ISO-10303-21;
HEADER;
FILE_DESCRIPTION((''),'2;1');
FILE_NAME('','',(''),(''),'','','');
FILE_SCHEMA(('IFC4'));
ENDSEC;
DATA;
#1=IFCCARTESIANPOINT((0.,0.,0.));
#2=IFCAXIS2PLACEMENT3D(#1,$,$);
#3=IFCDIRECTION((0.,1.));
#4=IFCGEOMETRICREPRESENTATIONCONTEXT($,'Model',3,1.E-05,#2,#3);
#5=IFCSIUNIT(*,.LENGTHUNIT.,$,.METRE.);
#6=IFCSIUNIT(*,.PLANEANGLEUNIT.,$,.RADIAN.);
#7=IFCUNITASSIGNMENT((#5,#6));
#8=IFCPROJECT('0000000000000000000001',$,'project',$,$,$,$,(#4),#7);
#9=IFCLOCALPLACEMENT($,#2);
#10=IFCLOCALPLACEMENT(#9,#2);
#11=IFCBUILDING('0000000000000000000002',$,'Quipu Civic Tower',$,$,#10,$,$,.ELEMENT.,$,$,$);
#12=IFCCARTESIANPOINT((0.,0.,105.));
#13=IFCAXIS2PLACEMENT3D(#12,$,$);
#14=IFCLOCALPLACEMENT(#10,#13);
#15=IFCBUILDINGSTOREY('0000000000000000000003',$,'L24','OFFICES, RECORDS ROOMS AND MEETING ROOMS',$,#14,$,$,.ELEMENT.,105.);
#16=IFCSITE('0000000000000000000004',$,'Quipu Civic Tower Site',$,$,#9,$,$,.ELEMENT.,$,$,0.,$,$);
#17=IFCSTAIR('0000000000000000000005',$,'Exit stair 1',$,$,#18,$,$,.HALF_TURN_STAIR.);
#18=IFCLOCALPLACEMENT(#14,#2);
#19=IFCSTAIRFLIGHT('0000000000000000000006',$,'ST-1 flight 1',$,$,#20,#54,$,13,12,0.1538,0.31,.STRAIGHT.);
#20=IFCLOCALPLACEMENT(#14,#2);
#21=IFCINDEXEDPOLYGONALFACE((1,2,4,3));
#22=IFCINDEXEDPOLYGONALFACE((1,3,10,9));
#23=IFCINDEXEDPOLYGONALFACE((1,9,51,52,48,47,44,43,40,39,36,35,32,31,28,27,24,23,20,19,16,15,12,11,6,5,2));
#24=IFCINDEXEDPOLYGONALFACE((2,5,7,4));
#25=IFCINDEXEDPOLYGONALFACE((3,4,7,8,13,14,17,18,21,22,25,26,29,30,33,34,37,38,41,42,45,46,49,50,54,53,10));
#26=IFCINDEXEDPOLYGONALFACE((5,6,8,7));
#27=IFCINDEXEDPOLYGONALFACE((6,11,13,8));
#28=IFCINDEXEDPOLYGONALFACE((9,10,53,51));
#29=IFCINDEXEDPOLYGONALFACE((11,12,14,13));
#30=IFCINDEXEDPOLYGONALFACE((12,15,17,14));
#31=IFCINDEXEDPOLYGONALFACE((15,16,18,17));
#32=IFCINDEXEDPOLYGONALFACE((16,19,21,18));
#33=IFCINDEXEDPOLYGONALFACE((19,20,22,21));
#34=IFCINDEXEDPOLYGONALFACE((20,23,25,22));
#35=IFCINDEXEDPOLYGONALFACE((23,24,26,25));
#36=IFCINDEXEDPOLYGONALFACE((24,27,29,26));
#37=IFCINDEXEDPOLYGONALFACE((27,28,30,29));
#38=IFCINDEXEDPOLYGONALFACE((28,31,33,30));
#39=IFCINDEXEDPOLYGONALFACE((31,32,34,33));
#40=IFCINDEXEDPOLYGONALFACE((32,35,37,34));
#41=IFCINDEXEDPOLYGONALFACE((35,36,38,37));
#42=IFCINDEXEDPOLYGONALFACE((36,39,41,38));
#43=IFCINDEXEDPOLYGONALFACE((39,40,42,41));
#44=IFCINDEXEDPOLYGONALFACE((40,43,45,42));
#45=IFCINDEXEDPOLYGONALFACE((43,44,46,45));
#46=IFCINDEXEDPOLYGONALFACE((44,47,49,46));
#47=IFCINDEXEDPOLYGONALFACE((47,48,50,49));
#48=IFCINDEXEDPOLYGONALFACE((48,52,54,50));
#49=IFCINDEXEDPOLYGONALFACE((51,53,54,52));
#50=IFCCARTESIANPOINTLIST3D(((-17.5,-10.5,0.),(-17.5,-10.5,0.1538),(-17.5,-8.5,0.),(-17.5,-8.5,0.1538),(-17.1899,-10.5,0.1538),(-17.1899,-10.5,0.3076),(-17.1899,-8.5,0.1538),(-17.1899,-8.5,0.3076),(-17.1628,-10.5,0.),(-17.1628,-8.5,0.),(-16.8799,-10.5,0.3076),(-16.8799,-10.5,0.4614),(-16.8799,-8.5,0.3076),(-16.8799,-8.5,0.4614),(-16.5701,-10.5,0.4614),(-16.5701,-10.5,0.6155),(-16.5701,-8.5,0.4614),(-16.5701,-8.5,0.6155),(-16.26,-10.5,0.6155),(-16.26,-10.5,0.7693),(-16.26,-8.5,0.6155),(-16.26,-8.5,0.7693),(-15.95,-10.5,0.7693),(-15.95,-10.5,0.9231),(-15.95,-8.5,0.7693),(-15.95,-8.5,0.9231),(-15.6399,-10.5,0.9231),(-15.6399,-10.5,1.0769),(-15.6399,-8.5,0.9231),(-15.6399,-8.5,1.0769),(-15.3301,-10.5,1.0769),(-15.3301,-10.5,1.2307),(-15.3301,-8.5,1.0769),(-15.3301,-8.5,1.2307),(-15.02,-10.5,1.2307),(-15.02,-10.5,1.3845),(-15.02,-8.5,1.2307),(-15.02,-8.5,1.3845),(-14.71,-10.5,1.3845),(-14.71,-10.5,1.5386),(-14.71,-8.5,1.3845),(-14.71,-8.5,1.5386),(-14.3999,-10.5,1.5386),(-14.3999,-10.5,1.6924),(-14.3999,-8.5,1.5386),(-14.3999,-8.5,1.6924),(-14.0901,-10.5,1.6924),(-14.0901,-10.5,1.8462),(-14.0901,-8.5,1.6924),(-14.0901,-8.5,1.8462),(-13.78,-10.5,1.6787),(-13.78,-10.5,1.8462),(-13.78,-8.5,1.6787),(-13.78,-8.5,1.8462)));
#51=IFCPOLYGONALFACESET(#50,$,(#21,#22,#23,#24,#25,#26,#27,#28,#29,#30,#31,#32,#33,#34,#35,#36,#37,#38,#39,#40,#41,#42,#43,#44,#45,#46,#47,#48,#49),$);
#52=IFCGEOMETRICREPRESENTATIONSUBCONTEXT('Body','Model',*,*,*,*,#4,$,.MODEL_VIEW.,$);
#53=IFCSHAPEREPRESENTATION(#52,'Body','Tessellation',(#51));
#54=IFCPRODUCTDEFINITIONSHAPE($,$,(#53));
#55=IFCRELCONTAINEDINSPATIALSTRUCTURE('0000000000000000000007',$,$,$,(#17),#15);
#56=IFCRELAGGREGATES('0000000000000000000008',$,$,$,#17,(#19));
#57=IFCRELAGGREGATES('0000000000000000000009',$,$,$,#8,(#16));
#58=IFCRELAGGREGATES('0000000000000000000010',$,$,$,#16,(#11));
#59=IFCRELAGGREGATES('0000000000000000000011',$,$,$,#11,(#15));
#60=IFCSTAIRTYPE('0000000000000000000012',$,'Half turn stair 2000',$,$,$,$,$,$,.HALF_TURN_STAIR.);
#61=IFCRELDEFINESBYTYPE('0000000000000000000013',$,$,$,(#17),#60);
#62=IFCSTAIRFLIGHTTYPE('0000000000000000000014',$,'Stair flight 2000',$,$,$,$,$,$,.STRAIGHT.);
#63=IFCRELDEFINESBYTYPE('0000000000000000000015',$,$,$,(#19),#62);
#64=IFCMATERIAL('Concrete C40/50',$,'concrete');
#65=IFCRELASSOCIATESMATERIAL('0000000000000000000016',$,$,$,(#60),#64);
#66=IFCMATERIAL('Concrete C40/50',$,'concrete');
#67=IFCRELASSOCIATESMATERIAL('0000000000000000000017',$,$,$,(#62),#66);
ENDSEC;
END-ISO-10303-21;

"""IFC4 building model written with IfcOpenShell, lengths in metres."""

from ifc_helpers import new_model, si_unit, direction, frame, origin, place, context, subcontext, project, spatial, polyline, outline, extrude, material, type_object, element, aggregate, save


model = new_model("IFC4")

# Units and contexts
model_context = context("Model", 3, precision=1e-05, world=origin(), true_north=direction((0.0, 1.0)))
body_context = subcontext(model_context, "Body", "Model", "MODEL_VIEW")
ifc_project = project(units=[si_unit("LENGTHUNIT", "METRE"), si_unit("PLANEANGLEUNIT", "RADIAN")], contexts=[model_context])

# Site, building, storey
site_placement = place(None, origin())
site = spatial("IfcSite", under=ifc_project, at=site_placement, Name="Quipu Civic Tower Site", CompositionType="ELEMENT", RefElevation=0.0)
building_placement = place(site_placement, origin())
building = spatial("IfcBuilding", under=site, at=building_placement, Name="Quipu Civic Tower", CompositionType="ELEMENT")
storey_placement = place(building_placement, frame((0.0, 0.0, 105.0)))
storey = spatial("IfcBuildingStorey", under=building, at=storey_placement, Name="L24", Description="OFFICES, RECORDS ROOMS AND MEETING ROOMS", CompositionType="ELEMENT", Elevation=105.0)

# Stair, stair flight
ifc_material_1 = material(Name="Concrete C40/50", Category="concrete")
stair_type = type_object("IfcStairType", Name="Half turn stair 2000", PredefinedType="HALF_TURN_STAIR", material=ifc_material_1)
stair_placement = place(storey_placement, origin())
stair = element("IfcStair", 1, at=stair_placement, inside=storey, type_object=stair_type, Name="Exit stair 1", PredefinedType="HALF_TURN_STAIR")
ifc_material_2 = material(Name="Concrete C40/50", Category="concrete")
stair_flight_type = type_object("IfcStairFlightType", Name="Stair flight 2000", PredefinedType="STRAIGHT", material=ifc_material_2)
stair_flight_placement = place(storey_placement, frame((-17.5, -9.5, 0.0), z_axis=(0.0, 0.0, 1.0), x_axis=(1.0, 0.0, 0.0)))
stair_flight = element("IfcStairFlight", 2, at=stair_flight_placement, type_object=stair_flight_type, Name="ST-1 flight 1", NumberOfRisers=13, NumberOfTreads=12, PredefinedType="STRAIGHT", RiserHeight=0.1538, TreadLength=0.31, context=body_context, shape_type="SweptSolid", body=[
    extrude(outline(polyline([(0.0, 0.0), (0.0, 0.1538), (0.3101, 0.1538), (0.3101, 0.3076), (0.6201, 0.3076), (0.6201, 0.4614), (0.9299, 0.4614), (0.9299, 0.6155), (1.24, 0.6155), (1.24, 0.7693), (1.55, 0.7693), (1.55, 0.9231), (1.8601, 0.9231), (1.8601, 1.0769), (2.1699, 1.0769), (2.1699, 1.2307), (2.48, 1.2307), (2.48, 1.3845), (2.79, 1.3845), (2.79, 1.5386), (3.1001, 1.5386), (3.1001, 1.6924), (3.4099, 1.6924), (3.4099, 1.8462), (3.72, 1.8462), (3.72, 2.0), (3.72, 1.6787), (0.3372, 0.0), (0.0, 0.0)])), frame((0.0, 1.0, 0.0), z_axis=(0.0, -1.0, 0.0), x_axis=(1.0, 0.0, 0.0)), (0.0, 0.0, 1.0), 2.0),
])
aggregate(stair, [stair_flight])

save(model, "model.ifc")
